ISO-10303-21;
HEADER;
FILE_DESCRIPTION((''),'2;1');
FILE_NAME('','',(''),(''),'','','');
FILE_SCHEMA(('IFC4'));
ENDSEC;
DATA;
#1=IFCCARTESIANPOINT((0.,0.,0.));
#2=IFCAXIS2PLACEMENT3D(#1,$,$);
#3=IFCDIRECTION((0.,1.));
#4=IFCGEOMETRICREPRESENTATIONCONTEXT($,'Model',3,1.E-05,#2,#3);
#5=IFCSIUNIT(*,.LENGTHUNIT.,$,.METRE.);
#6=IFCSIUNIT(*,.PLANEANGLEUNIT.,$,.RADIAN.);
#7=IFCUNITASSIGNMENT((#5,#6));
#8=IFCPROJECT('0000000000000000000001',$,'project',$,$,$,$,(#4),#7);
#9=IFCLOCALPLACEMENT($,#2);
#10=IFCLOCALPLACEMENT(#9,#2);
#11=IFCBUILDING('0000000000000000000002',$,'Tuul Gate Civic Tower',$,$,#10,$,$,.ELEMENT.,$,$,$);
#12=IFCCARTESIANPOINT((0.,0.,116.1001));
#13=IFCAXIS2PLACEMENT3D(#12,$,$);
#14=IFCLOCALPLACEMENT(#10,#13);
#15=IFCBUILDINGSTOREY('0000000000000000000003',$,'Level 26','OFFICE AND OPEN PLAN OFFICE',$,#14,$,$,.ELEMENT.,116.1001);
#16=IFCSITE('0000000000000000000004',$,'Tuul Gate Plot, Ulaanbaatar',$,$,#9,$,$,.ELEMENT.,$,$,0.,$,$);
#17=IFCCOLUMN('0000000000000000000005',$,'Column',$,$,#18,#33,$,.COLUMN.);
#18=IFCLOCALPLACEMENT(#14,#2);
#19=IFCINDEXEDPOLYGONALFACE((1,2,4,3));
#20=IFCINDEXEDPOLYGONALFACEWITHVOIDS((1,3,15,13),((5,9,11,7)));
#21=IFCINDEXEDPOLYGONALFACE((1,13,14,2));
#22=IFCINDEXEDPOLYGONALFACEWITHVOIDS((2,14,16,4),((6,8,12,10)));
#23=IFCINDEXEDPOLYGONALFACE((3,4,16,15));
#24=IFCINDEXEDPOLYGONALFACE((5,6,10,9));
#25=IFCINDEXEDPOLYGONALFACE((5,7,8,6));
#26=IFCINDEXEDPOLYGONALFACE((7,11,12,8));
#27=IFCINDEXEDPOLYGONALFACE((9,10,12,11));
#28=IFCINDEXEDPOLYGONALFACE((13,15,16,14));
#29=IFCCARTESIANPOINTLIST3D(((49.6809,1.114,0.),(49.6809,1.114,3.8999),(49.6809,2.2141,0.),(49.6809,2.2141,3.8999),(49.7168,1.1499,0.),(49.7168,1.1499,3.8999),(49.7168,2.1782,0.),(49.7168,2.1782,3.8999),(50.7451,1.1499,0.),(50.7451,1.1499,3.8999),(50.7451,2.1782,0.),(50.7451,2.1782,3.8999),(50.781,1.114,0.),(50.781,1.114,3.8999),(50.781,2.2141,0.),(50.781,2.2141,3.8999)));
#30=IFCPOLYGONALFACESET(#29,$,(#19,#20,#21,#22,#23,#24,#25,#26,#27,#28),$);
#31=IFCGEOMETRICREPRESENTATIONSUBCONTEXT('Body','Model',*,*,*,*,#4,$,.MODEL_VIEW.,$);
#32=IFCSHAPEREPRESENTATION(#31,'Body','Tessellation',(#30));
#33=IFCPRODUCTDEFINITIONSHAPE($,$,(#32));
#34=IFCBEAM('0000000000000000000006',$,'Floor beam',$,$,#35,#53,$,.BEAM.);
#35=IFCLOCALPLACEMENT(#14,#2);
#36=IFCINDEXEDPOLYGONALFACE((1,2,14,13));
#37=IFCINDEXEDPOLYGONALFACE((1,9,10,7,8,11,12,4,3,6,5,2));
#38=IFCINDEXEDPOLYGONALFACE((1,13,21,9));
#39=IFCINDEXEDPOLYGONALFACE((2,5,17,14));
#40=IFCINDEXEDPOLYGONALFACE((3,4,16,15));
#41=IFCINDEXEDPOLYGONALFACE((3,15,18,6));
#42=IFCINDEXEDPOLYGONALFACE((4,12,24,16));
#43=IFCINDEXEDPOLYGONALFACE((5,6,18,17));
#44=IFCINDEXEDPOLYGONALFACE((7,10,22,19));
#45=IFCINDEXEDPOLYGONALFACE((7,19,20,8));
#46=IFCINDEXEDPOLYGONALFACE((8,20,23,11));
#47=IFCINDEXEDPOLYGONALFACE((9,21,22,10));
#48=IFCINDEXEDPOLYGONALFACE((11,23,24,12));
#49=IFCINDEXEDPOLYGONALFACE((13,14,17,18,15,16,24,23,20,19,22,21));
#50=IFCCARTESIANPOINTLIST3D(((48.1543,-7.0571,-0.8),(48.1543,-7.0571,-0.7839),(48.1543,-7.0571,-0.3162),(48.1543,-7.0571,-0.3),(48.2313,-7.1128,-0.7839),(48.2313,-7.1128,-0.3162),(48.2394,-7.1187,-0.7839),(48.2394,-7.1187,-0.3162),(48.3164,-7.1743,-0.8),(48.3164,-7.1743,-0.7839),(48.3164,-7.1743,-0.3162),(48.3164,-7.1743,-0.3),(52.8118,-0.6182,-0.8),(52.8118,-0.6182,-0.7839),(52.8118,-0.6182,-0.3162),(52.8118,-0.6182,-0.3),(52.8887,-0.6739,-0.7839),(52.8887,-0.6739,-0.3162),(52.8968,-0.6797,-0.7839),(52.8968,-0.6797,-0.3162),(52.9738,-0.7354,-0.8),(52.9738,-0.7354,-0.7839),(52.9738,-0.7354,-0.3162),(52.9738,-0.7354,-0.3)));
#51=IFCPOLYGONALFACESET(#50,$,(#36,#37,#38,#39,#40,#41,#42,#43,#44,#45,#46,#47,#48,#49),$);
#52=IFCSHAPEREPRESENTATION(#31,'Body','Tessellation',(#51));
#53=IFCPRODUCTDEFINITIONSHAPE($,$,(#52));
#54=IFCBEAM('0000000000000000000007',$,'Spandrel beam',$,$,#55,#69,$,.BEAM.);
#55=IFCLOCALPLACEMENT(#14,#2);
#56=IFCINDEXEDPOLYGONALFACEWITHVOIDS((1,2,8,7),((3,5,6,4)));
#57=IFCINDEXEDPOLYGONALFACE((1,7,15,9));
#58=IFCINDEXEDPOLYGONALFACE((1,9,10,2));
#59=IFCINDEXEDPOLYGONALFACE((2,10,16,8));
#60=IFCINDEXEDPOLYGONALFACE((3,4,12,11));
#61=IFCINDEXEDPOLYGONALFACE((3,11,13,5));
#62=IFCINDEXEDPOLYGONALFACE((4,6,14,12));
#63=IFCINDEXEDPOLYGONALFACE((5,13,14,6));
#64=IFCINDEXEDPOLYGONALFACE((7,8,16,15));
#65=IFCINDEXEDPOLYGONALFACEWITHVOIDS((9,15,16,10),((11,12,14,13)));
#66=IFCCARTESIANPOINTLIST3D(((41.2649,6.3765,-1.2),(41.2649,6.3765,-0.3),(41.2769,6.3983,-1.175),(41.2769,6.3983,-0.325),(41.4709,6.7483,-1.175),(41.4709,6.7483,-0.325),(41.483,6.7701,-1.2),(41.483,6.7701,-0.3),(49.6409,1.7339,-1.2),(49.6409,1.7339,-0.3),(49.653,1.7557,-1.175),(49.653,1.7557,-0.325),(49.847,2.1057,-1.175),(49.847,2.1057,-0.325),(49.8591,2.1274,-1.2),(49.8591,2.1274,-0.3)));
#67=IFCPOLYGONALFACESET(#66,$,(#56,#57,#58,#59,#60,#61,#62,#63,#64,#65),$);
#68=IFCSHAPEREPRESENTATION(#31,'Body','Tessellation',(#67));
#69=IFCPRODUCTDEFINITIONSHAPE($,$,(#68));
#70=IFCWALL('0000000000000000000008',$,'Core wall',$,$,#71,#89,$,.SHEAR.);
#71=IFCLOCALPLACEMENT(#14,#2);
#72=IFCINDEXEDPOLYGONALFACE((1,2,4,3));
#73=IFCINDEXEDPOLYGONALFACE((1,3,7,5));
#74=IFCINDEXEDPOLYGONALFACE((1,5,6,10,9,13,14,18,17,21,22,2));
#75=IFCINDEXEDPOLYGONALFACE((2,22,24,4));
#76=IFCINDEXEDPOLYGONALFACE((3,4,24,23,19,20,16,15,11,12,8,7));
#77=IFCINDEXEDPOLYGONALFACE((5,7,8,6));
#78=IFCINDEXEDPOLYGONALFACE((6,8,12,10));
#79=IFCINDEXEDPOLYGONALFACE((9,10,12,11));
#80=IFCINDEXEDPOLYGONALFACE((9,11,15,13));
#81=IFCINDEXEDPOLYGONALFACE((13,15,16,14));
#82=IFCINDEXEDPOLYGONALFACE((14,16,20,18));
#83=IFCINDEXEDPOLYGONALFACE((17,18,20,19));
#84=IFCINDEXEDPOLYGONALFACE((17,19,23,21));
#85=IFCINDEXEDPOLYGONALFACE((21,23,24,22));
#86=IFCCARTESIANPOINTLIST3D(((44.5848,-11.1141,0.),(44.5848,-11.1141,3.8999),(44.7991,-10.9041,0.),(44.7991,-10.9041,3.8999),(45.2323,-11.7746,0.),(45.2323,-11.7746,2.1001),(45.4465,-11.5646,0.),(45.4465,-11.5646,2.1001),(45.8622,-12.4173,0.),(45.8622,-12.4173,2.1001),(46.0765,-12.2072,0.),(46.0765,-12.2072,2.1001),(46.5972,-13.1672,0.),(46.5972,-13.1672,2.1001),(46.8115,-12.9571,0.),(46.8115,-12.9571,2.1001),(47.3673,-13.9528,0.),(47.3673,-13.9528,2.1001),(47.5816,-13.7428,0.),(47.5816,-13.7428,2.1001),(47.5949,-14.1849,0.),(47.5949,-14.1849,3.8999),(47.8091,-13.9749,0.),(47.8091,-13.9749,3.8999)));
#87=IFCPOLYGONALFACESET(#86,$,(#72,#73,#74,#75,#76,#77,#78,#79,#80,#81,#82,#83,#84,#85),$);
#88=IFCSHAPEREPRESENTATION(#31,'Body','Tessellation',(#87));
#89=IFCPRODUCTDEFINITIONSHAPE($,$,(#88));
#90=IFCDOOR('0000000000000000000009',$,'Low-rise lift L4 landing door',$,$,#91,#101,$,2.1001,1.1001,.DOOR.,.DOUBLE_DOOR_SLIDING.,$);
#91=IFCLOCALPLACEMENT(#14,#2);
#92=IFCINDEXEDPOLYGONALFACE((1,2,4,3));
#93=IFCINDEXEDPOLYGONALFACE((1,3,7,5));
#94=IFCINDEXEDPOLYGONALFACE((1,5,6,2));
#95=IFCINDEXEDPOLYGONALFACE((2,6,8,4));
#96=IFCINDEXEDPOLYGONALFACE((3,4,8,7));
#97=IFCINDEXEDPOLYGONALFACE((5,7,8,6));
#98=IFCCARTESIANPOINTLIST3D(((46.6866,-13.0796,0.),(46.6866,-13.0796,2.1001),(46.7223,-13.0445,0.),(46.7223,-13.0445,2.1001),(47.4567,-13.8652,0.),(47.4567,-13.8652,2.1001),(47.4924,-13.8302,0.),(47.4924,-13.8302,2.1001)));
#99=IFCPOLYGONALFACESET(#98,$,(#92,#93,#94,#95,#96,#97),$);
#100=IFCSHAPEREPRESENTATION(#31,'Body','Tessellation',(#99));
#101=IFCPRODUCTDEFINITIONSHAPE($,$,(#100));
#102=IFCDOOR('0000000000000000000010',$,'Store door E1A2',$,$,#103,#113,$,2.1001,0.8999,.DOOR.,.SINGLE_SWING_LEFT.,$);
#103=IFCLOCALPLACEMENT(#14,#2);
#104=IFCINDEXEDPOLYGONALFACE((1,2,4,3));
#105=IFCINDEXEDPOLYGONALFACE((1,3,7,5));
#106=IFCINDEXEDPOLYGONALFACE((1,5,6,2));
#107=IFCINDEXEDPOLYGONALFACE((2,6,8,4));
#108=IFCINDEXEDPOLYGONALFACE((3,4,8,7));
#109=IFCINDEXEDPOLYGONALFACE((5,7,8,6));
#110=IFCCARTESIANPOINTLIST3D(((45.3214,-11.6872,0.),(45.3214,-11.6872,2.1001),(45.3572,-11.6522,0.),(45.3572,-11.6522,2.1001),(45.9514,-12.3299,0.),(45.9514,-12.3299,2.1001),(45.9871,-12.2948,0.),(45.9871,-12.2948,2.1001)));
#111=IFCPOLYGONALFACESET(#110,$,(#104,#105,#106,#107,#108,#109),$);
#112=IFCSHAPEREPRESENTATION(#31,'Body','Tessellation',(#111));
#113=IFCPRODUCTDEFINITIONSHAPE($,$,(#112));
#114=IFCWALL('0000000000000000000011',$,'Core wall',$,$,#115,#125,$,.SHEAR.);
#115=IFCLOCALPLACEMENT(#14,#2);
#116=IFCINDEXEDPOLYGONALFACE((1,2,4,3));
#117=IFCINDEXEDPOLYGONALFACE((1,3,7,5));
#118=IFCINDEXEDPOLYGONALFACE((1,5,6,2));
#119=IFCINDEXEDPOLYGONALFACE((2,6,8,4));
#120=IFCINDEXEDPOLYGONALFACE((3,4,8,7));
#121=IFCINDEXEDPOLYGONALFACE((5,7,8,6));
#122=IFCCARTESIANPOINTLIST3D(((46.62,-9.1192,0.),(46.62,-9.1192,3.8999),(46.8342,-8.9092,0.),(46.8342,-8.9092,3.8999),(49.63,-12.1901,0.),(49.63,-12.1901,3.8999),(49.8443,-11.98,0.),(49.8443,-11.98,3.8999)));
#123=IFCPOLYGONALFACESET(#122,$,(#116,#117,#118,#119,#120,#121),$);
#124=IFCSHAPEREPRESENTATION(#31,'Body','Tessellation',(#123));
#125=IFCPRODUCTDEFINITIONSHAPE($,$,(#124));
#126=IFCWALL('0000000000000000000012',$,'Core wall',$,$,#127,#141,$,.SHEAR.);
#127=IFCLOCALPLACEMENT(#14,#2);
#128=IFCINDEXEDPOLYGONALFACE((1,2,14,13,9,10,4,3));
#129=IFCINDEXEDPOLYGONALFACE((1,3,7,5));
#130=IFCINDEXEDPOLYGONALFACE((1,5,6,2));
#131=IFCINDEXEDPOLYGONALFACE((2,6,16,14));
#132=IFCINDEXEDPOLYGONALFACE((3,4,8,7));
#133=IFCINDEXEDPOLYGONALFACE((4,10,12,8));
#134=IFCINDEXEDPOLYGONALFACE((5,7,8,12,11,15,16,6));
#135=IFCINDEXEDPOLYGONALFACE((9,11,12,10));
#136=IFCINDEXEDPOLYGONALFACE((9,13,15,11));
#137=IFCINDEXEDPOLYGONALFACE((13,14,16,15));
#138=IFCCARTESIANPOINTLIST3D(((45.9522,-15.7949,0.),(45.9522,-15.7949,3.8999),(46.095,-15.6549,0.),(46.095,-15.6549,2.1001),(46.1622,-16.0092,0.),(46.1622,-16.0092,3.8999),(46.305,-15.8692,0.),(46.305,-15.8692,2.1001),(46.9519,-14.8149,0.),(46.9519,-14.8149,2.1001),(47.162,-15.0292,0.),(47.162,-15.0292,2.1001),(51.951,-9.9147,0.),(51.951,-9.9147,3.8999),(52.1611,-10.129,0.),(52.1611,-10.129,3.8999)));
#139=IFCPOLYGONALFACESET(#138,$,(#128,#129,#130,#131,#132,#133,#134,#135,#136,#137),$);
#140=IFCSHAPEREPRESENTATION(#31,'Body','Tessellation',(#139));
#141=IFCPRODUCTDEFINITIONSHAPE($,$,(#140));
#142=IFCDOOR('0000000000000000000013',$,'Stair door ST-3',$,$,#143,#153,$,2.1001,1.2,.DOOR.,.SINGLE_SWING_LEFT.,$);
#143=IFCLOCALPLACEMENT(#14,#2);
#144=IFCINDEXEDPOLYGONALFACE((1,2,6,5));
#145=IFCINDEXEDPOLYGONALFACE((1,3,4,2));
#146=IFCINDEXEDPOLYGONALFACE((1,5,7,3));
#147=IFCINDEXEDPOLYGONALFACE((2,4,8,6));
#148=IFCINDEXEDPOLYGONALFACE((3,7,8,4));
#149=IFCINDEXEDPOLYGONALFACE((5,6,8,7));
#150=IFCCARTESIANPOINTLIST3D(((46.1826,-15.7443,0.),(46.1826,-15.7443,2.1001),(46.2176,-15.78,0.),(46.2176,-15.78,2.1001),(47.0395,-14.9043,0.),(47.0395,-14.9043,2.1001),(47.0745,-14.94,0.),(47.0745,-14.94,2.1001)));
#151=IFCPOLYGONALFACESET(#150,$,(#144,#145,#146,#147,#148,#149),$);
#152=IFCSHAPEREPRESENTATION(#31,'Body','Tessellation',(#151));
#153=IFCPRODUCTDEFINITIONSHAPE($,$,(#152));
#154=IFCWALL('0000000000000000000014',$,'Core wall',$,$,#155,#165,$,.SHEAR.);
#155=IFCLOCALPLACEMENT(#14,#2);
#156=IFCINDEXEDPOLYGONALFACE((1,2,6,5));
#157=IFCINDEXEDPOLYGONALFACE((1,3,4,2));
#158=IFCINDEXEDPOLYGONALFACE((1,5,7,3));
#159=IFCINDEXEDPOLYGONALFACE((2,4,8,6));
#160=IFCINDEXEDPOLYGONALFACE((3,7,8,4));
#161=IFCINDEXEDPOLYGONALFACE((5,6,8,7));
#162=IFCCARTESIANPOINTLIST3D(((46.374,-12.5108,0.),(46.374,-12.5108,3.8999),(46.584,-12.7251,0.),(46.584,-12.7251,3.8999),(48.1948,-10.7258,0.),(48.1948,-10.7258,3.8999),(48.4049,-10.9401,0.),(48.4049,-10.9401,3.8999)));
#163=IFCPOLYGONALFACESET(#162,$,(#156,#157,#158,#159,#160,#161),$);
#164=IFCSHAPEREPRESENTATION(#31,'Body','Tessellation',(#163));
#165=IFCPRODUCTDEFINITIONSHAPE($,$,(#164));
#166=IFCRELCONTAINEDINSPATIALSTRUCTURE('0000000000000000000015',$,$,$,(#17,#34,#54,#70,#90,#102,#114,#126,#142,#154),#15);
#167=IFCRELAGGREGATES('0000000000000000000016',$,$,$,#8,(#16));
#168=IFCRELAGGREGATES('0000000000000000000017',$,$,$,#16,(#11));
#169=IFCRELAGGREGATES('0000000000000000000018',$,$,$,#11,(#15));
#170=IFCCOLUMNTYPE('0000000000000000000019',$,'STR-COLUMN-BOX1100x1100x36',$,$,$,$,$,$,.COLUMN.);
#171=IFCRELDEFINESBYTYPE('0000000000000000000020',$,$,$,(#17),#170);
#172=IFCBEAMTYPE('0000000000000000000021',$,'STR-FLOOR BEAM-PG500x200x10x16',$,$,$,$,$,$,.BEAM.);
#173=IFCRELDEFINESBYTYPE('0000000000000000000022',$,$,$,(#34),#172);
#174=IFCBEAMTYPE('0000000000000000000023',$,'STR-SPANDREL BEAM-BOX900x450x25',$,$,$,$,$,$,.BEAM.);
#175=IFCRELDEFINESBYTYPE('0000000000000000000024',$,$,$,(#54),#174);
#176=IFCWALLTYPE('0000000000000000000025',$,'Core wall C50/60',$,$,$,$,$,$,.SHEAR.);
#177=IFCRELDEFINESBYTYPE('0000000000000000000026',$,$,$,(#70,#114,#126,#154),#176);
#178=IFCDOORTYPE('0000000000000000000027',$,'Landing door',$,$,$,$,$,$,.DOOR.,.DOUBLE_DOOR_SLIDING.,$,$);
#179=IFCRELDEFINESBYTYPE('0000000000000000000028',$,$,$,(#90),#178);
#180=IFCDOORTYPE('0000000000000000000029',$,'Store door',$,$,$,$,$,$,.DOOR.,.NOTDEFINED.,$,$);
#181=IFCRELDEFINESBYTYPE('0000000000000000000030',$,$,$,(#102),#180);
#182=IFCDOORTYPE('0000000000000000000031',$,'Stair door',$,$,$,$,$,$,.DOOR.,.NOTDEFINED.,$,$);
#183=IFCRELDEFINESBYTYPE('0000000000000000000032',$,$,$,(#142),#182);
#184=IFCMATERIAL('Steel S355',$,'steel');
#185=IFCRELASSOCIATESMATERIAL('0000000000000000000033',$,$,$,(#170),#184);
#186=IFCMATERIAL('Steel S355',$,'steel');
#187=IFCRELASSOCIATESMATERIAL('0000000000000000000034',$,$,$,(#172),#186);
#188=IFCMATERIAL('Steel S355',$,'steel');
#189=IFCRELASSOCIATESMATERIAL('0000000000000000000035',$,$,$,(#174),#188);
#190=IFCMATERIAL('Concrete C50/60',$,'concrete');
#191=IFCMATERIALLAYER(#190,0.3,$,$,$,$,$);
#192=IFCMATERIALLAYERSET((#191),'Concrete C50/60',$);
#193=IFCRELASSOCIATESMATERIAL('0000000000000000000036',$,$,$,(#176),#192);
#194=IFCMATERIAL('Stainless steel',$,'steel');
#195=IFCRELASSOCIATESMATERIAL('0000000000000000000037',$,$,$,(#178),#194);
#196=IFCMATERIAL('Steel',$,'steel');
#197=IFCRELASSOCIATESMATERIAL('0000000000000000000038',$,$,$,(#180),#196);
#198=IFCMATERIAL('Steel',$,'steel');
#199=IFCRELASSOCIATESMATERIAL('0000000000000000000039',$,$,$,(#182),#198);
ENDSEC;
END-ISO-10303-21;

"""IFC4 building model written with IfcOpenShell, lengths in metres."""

from ifc_helpers import new_model, si_unit, direction, frame, frame_2d, origin, origin_2d, place, context, subcontext, project, spatial, rectangle, hollow_rectangle, i_section, extrude, material, layer, layer_set, material_profile, profile_set, type_object, element, fill, save


model = new_model("IFC4")

# Units and contexts
model_context = context("Model", 3, precision=1e-05, world=origin(), true_north=direction((0.0, 1.0)))
body_context = subcontext(model_context, "Body", "Model", "MODEL_VIEW")
ifc_project = project(units=[si_unit("LENGTHUNIT", "METRE"), si_unit("PLANEANGLEUNIT", "RADIAN")], contexts=[model_context])

# Site, building, storey
site_placement = place(None, origin())
site = spatial("IfcSite", under=ifc_project, at=site_placement, Name="Tuul Gate Plot, Ulaanbaatar", CompositionType="ELEMENT", RefElevation=0.0)
building_placement = place(site_placement, origin())
building = spatial("IfcBuilding", under=site, at=building_placement, Name="Tuul Gate Civic Tower", CompositionType="ELEMENT")
storey_placement = place(building_placement, frame((0.0, 0.0, 116.1001)))
storey = spatial("IfcBuildingStorey", under=building, at=storey_placement, Name="Level 26", Description="OFFICE AND OPEN PLAN OFFICE", CompositionType="ELEMENT", Elevation=116.1001)

# Column
ifc_material_1 = material(Name="Steel S355", Category="steel")
ifc_material_profile_1 = material_profile(ifc_material_1, hollow_rectangle(XDim=1.1001, YDim=1.1001, WallThickness=0.0359, at=origin_2d()), Name="BOX1100x1100x36")
ifc_profile_set_1 = profile_set([ifc_material_profile_1], Name="Steel S355")
column_type = type_object("IfcColumnType", Name="STR-COLUMN-BOX1100x1100x36", PredefinedType="COLUMN", material=ifc_profile_set_1)
column_placement = place(storey_placement, frame((50.231, 1.6641, 0.0), z_axis=(0.0, 0.0, 1.0), x_axis=(1.0, 0.0, 0.0)))
element("IfcColumn", 1, at=column_placement, inside=storey, type_object=column_type, Name="Column", PredefinedType="COLUMN", context=body_context, shape_type="SweptSolid", body=[
    extrude(hollow_rectangle(XDim=1.1001, YDim=1.1001, WallThickness=0.0359, at=origin_2d()), origin(), (0.0, 0.0, 1.0), 3.8999),
])

# Beams
ifc_material_2 = material(Name="Steel S355", Category="steel")
ifc_material_profile_2 = material_profile(ifc_material_2, i_section(OverallWidth=0.2, OverallDepth=0.5, WebThickness=0.01, FlangeThickness=0.0161, at=origin_2d()), Name="PG500x200x10x16")
ifc_profile_set_2 = profile_set([ifc_material_profile_2], Name="Steel S355")
beam_type_1 = type_object("IfcBeamType", Name="STR-FLOOR BEAM-PG500x200x10x16", PredefinedType="BEAM", material=ifc_profile_set_2)
beam_1_placement = place(storey_placement, frame((48.2354, -7.1157, -0.55), z_axis=(0.586078, 0.810255, 0.0), x_axis=(-0.810255, 0.586078, 0.0)))
element("IfcBeam", 2, at=beam_1_placement, inside=storey, type_object=beam_type_1, Name="Floor beam", PredefinedType="BEAM", context=body_context, shape_type="SweptSolid", body=[
    extrude(i_section(OverallWidth=0.2, OverallDepth=0.5, WebThickness=0.01, FlangeThickness=0.0161, at=origin_2d()), origin(), (0.0, 0.0, 1.0), 7.9468),
])
ifc_material_3 = material(Name="Steel S355", Category="steel")
ifc_material_profile_3 = material_profile(ifc_material_3, hollow_rectangle(XDim=0.45, YDim=0.8999, WallThickness=0.0249, at=origin_2d()), Name="BOX900x450x25")
ifc_profile_set_3 = profile_set([ifc_material_profile_3], Name="Steel S355")
beam_type_2 = type_object("IfcBeamType", Name="STR-SPANDREL BEAM-BOX900x450x25", PredefinedType="BEAM", material=ifc_profile_set_3)
beam_2_placement = place(storey_placement, frame((49.75, 1.9307, -0.75), z_axis=(-0.874633, 0.484786, 0.0), x_axis=(-0.484786, -0.874633, 0.0)))
element("IfcBeam", 3, at=beam_2_placement, inside=storey, type_object=beam_type_2, Name="Spandrel beam", PredefinedType="BEAM", context=body_context, shape_type="SweptSolid", body=[
    extrude(hollow_rectangle(XDim=0.45, YDim=0.8999, WallThickness=0.0249, at=origin_2d()), origin(), (0.0, 0.0, 1.0), 9.5767),
])

# Wall, openings, doors
ifc_material_4 = material(Name="Concrete C50/60", Category="concrete")
ifc_layer_1 = layer(ifc_material_4, 0.3)
ifc_layer_set_1 = layer_set([ifc_layer_1], Name="Concrete C50/60")
wall_type_1 = type_object("IfcWallType", Name="Core wall C50/60", PredefinedType="SHEAR", material=ifc_layer_set_1)
wall_1_placement = place(storey_placement, frame((47.7019, -14.0798, 0.0), z_axis=(0.0, 0.0, 1.0), x_axis=(-0.700003, 0.71414, 0.0)))
wall_1 = element("IfcWall", 4, at=wall_1_placement, inside=storey, type_object=wall_type_1, Name="Core wall", PredefinedType="SHEAR", context=body_context, shape_type="SweptSolid", body=[
    extrude(rectangle(XDim=4.3, YDim=0.3, at=frame_2d((2.1499, 0.0))), origin(), (0.0, 0.0, 1.0), 3.8999),
])
opening_1_placement = place(wall_1_placement, frame((0.325, 0.0, 0.0)))
opening_1 = element("IfcOpeningElement", 5, at=opening_1_placement, cuts=wall_1, PredefinedType="OPENING", context=body_context, shape_type="SweptSolid", body=[
    extrude(rectangle(XDim=1.1001, YDim=2.1001, at=frame_2d((0.55, 1.05))), frame((0.0, 0.1602, 0.0), z_axis=(0.0, -1.0, 0.0), x_axis=(1.0, 0.0, 0.0)), (0.0, 0.0, 1.0), 0.3201),
])
opening_2_placement = place(wall_1_placement, frame((2.4751, 0.0, 0.0)))
opening_2 = element("IfcOpeningElement", 6, at=opening_2_placement, cuts=wall_1, PredefinedType="OPENING", context=body_context, shape_type="SweptSolid", body=[
    extrude(rectangle(XDim=0.8999, YDim=2.1001, at=frame_2d((0.45, 1.05))), frame((0.0, 0.1602, 0.0), z_axis=(0.0, -1.0, 0.0), x_axis=(1.0, 0.0, 0.0)), (0.0, 0.0, 1.0), 0.3201),
])
ifc_material_5 = material(Name="Stainless steel", Category="steel")
door_type_1 = type_object("IfcDoorType", Name="Landing door", OperationType="DOUBLE_DOOR_SLIDING", PredefinedType="DOOR", material=ifc_material_5)
door_1_placement = place(opening_1_placement, origin())
door_1 = element("IfcDoor", 7, at=door_1_placement, inside=storey, type_object=door_type_1, Name="Low-rise lift L4 landing door", OperationType="DOUBLE_DOOR_SLIDING", OverallHeight=2.1001, OverallWidth=1.1001, PredefinedType="DOOR", context=body_context, shape_type="SweptSolid", body=[
    extrude(rectangle(XDim=1.1001, YDim=2.1001, at=frame_2d((0.55, 1.05))), frame((0.0, 0.0249, 0.0), z_axis=(0.0, -1.0, 0.0), x_axis=(1.0, 0.0, 0.0)), (0.0, 0.0, 1.0), 0.05),
])
fill(opening_1, door_1)
ifc_material_6 = material(Name="Steel", Category="steel")
door_type_2 = type_object("IfcDoorType", Name="Store door", OperationType="NOTDEFINED", PredefinedType="DOOR", material=ifc_material_6)
door_2_placement = place(opening_2_placement, frame((0.8999, 0.0, 0.0), z_axis=(0.0, 0.0, 1.0), x_axis=(-1.0, 0.0, 0.0)))
door_2 = element("IfcDoor", 8, at=door_2_placement, inside=storey, type_object=door_type_2, Name="Store door E1A2", OperationType="SINGLE_SWING_LEFT", OverallHeight=2.1001, OverallWidth=0.8999, PredefinedType="DOOR", context=body_context, shape_type="SweptSolid", body=[
    extrude(rectangle(XDim=0.8999, YDim=2.1001, at=frame_2d((0.45, 1.05))), frame((0.0, 0.0249, 0.0), z_axis=(0.0, -1.0, 0.0), x_axis=(1.0, 0.0, 0.0)), (0.0, 0.0, 1.0), 0.05),
])
fill(opening_2, door_2)

# Wall
wall_2_placement = place(storey_placement, frame((49.7371, -12.085, 0.0), z_axis=(0.0, 0.0, 1.0), x_axis=(-0.700003, 0.71414, 0.0)))
element("IfcWall", 9, at=wall_2_placement, inside=storey, type_object=wall_type_1, Name="Core wall", PredefinedType="SHEAR", context=body_context, shape_type="SweptSolid", body=[
    extrude(rectangle(XDim=4.3, YDim=0.3, at=frame_2d((2.1499, 0.0))), origin(), (0.0, 0.0, 1.0), 3.8999),
])

# Wall, opening, door
wall_3_placement = place(storey_placement, frame((46.0571, -15.9021, 0.0), z_axis=(0.0, 0.0, 1.0), x_axis=(0.714134, 0.700009, 0.0)))
wall_3 = element("IfcWall", 10, at=wall_3_placement, inside=storey, type_object=wall_type_1, Name="Core wall", PredefinedType="SHEAR", context=body_context, shape_type="SweptSolid", body=[
    extrude(rectangle(XDim=8.4001, YDim=0.3, at=frame_2d((4.2002, 0.0))), origin(), (0.0, 0.0, 1.0), 3.8999),
])
opening_3_placement = place(wall_3_placement, frame((0.2, 0.0, 0.0)))
opening_3 = element("IfcOpeningElement", 11, at=opening_3_placement, cuts=wall_3, PredefinedType="OPENING", context=body_context, shape_type="SweptSolid", body=[
    extrude(rectangle(XDim=1.2, YDim=2.1001, at=frame_2d((0.6001, 1.05))), frame((0.0, 0.1602, 0.0), z_axis=(0.0, -1.0, 0.0), x_axis=(1.0, 0.0, 0.0)), (0.0, 0.0, 1.0), 0.3201),
])
ifc_material_7 = material(Name="Steel", Category="steel")
door_type_3 = type_object("IfcDoorType", Name="Stair door", OperationType="NOTDEFINED", PredefinedType="DOOR", material=ifc_material_7)
door_3_placement = place(opening_3_placement, origin())
door_3 = element("IfcDoor", 12, at=door_3_placement, inside=storey, type_object=door_type_3, Name="Stair door ST-3", OperationType="SINGLE_SWING_LEFT", OverallHeight=2.1001, OverallWidth=1.2, PredefinedType="DOOR", context=body_context, shape_type="SweptSolid", body=[
    extrude(rectangle(XDim=1.2, YDim=2.1001, at=frame_2d((0.6001, 1.05))), frame((0.0, 0.0249, 0.0), z_axis=(0.0, -1.0, 0.0), x_axis=(1.0, 0.0, 0.0)), (0.0, 0.0, 1.0), 0.05),
])
fill(opening_3, door_3)

# Wall
wall_4_placement = place(storey_placement, frame((46.479, -12.6179, 0.0), z_axis=(0.0, 0.0, 1.0), x_axis=(0.714109, 0.700034, 0.0)))
element("IfcWall", 13, at=wall_4_placement, inside=storey, type_object=wall_type_1, Name="Core wall", PredefinedType="SHEAR", context=body_context, shape_type="SweptSolid", body=[
    extrude(rectangle(XDim=2.5498, YDim=0.3, at=frame_2d((1.2749, 0.0))), origin(), (0.0, 0.0, 1.0), 3.8999),
])

save(model, "model.ifc")
